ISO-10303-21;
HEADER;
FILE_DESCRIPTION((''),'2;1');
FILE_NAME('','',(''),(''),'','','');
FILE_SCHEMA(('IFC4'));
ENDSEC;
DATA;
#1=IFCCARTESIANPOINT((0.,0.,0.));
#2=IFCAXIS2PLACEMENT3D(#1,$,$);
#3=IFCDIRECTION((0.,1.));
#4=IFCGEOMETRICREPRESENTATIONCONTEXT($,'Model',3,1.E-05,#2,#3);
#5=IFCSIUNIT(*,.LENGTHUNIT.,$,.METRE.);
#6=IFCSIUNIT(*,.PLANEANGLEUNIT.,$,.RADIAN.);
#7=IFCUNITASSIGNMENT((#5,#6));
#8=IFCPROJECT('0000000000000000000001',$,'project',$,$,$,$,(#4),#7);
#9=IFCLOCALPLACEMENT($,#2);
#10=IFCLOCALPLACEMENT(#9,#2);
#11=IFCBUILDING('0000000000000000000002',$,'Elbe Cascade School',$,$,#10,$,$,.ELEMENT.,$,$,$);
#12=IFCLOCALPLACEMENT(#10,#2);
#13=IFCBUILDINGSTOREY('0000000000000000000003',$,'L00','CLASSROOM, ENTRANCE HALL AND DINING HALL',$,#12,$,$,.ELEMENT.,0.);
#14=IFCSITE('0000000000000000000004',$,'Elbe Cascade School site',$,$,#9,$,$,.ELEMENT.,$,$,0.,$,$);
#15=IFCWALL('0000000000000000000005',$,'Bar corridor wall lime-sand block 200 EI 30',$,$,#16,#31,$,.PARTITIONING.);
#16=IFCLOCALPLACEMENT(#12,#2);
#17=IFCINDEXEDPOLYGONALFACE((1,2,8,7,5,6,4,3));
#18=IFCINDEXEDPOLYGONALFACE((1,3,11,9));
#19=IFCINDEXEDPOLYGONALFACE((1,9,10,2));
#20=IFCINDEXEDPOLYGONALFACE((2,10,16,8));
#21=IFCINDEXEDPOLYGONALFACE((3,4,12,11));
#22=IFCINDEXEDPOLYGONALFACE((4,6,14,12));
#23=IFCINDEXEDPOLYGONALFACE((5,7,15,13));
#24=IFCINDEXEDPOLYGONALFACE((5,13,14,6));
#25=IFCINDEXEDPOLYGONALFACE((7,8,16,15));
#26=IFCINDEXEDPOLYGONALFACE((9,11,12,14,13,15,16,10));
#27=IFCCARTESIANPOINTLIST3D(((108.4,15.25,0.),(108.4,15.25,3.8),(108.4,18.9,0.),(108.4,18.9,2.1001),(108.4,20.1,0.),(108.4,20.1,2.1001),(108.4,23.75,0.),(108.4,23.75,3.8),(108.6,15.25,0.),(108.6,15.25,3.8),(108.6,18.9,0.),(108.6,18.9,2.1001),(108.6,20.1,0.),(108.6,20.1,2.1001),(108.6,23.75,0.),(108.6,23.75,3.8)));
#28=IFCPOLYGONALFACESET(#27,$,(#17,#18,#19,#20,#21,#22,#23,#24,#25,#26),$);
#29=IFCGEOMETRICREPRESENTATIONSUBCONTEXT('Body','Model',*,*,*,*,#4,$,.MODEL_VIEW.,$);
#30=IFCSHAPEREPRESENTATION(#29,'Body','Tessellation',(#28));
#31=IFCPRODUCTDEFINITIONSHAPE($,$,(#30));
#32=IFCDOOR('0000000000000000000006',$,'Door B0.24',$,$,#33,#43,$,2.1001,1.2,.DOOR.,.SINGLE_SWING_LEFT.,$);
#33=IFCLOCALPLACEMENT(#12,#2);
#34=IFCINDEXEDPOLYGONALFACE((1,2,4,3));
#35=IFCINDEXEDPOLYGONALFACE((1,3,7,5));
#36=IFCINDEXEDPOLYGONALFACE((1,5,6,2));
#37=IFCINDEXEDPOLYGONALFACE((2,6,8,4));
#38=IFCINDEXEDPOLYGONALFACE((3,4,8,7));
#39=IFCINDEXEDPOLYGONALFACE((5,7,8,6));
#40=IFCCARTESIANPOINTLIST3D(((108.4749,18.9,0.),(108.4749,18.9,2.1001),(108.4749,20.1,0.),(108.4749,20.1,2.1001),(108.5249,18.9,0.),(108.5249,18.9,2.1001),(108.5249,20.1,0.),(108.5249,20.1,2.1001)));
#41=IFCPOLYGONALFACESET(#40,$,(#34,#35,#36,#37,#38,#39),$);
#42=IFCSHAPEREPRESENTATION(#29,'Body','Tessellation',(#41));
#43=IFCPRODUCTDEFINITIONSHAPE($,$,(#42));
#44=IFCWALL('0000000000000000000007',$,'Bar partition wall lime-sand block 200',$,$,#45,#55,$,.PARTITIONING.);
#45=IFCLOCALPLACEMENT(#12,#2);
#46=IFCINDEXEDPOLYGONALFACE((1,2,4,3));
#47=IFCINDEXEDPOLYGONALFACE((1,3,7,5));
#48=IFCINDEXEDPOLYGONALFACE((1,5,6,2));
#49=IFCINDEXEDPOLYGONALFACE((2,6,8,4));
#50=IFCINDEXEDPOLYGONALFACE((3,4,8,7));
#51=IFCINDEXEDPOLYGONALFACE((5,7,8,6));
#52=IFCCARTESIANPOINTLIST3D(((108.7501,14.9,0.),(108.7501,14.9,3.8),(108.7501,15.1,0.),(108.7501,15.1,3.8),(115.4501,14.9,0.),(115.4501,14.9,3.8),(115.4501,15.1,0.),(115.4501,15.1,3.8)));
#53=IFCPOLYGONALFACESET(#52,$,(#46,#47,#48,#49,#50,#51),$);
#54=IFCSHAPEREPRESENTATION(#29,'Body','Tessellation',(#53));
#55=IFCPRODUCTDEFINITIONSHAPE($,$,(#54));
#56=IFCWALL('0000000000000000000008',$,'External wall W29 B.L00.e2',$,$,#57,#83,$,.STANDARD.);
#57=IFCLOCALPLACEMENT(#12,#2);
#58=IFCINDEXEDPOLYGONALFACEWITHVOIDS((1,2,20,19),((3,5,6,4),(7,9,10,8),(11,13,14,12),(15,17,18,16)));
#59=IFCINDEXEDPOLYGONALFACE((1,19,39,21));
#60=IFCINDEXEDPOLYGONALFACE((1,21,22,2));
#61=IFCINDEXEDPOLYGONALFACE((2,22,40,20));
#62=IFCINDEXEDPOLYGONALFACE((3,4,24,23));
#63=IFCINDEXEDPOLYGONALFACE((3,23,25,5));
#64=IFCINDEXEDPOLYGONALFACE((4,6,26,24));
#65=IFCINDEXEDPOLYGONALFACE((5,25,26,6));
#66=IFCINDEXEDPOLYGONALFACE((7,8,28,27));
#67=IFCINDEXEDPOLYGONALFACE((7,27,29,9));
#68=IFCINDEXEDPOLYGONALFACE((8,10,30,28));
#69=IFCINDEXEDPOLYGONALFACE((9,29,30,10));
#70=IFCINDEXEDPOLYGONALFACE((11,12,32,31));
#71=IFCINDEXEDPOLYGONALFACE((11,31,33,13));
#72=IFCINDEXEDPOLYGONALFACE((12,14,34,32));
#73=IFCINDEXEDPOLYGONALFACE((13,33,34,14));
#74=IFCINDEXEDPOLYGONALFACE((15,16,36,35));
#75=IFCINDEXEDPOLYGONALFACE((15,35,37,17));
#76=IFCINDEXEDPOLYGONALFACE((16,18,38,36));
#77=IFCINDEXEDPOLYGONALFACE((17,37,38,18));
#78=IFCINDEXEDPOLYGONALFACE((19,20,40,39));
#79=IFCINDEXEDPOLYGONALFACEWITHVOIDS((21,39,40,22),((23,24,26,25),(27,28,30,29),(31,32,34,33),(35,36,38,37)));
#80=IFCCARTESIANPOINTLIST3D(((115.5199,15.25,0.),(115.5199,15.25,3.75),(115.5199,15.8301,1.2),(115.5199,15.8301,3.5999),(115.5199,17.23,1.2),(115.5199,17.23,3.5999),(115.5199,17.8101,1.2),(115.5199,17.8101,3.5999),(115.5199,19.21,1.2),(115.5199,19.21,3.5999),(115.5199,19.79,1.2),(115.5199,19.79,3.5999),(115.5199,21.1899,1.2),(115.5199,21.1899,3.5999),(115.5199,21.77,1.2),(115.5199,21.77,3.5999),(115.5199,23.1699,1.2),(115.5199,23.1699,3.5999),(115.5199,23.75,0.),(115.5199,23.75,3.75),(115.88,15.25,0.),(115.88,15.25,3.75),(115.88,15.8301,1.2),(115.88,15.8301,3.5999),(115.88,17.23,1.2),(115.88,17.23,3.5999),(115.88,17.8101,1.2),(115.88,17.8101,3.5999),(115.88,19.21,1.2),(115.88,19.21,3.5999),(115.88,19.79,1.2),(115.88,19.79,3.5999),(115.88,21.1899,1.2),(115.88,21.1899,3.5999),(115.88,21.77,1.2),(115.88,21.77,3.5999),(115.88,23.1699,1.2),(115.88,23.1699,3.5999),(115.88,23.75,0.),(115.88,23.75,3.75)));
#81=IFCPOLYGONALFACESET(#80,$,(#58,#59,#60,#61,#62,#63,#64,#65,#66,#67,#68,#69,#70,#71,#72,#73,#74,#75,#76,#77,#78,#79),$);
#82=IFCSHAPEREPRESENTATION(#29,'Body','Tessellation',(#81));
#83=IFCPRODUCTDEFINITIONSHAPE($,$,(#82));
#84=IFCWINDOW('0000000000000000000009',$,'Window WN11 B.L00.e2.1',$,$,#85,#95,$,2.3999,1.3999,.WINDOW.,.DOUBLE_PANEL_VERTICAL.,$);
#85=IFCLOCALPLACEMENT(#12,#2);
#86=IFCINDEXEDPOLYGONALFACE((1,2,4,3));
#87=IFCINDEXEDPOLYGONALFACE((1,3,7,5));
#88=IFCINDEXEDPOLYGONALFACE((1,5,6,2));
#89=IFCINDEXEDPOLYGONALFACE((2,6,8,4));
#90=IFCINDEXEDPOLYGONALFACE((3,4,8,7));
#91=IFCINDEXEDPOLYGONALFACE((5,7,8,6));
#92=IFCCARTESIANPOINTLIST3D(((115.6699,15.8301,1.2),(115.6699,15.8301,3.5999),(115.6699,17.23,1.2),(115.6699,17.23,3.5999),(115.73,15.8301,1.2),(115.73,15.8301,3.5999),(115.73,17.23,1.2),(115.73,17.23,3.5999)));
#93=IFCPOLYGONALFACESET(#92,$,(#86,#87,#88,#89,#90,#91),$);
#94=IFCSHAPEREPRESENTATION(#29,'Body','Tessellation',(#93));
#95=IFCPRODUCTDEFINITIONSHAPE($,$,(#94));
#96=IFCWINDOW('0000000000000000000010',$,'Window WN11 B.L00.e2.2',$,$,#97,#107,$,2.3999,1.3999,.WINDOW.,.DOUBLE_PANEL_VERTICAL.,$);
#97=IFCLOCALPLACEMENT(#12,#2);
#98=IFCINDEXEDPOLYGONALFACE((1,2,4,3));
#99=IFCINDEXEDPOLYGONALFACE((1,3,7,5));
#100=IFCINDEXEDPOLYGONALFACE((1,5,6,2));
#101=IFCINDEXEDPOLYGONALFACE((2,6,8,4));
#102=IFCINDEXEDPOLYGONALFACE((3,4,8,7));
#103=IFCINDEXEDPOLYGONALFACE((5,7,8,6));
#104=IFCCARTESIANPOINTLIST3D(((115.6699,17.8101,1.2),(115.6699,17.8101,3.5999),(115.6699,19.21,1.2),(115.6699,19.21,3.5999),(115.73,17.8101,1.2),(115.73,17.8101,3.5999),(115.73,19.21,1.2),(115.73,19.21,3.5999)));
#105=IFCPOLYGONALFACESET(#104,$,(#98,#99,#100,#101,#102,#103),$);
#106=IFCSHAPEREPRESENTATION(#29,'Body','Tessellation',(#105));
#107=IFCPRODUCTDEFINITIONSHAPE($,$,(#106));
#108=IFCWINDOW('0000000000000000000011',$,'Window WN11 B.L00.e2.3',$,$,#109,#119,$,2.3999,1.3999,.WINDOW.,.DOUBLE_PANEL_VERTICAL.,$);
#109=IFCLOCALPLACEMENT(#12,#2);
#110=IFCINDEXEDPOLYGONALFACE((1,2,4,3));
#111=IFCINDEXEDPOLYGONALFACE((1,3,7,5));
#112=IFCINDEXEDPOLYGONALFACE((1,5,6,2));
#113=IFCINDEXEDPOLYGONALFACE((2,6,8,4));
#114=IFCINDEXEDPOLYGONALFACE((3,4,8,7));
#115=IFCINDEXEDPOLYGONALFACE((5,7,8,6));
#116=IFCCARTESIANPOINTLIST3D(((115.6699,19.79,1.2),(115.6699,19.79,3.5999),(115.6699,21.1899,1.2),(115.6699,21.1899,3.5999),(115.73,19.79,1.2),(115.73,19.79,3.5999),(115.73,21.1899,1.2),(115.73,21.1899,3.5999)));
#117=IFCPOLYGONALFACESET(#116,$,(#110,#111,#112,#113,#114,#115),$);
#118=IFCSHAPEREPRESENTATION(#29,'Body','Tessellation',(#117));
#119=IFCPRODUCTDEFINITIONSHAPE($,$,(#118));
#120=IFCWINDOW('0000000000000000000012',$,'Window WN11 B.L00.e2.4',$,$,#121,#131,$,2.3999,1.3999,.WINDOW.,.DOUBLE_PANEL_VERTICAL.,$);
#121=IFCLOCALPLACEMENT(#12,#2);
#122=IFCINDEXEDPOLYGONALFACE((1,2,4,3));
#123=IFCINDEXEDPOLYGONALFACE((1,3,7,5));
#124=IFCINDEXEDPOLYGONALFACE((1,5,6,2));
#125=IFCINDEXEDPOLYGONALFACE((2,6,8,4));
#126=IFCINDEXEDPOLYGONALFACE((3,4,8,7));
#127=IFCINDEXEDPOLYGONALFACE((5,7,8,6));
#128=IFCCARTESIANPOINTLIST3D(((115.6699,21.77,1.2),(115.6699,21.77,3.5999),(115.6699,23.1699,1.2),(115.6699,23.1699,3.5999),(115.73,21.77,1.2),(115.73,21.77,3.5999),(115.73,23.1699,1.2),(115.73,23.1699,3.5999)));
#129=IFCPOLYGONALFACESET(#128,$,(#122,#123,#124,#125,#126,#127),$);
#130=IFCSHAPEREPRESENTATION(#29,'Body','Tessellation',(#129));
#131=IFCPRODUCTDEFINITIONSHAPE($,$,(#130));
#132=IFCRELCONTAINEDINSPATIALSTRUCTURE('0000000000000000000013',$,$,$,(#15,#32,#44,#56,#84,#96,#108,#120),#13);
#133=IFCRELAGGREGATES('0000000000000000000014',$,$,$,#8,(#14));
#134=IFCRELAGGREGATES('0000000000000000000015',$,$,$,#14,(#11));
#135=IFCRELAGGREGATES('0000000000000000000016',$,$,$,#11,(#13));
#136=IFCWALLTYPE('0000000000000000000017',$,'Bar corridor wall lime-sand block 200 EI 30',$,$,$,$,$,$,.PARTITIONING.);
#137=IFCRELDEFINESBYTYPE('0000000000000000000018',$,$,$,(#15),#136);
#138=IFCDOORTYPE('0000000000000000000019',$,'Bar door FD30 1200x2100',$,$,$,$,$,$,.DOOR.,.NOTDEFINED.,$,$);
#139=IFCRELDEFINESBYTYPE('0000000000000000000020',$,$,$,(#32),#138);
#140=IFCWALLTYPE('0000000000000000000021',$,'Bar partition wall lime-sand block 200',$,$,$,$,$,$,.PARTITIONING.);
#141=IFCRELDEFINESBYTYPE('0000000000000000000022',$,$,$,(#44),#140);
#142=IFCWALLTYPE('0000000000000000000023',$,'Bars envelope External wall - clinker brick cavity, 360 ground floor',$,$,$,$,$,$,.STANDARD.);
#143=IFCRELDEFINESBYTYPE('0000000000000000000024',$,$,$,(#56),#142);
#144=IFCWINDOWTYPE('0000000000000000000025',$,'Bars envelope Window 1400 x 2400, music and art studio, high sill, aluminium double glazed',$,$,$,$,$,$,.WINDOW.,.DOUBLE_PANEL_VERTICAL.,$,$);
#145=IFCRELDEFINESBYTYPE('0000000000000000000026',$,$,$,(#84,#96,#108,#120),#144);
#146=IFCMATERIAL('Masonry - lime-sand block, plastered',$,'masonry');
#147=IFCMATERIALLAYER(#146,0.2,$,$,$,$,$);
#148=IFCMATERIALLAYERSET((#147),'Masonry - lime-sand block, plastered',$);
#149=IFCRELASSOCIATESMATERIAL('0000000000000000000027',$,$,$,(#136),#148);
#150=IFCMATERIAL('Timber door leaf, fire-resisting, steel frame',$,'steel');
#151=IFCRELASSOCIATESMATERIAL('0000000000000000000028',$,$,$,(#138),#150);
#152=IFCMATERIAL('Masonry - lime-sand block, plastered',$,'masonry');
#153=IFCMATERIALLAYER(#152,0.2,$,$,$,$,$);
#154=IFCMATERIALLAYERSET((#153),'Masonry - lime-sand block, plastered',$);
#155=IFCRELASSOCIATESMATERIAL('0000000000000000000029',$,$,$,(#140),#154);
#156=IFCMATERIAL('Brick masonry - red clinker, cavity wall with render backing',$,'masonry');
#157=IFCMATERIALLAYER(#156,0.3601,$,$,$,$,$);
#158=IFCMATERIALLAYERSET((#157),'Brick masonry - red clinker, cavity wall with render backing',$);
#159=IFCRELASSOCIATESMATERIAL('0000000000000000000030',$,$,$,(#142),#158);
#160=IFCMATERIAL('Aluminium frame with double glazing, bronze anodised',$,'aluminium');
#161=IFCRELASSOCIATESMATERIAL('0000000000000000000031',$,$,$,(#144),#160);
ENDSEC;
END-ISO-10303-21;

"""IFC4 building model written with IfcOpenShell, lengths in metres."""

from ifc_helpers import new_model, si_unit, direction, frame, frame_2d, origin, place, context, subcontext, project, spatial, rectangle, extrude, material, layer, layer_set, type_object, element, fill, save


model = new_model("IFC4")

# Units and contexts
model_context = context("Model", 3, precision=1e-05, world=origin(), true_north=direction((0.0, 1.0)))
body_context = subcontext(model_context, "Body", "Model", "MODEL_VIEW")
ifc_project = project(units=[si_unit("LENGTHUNIT", "METRE"), si_unit("PLANEANGLEUNIT", "RADIAN")], contexts=[model_context])

# Site, building, storey
site_placement = place(None, origin())
site = spatial("IfcSite", under=ifc_project, at=site_placement, Name="Elbe Cascade School site", CompositionType="ELEMENT", RefElevation=0.0)
building_placement = place(site_placement, origin())
building = spatial("IfcBuilding", under=site, at=building_placement, Name="Elbe Cascade School", CompositionType="ELEMENT")
storey_placement = place(building_placement, origin())
storey = spatial("IfcBuildingStorey", under=building, at=storey_placement, Name="L00", Description="CLASSROOM, ENTRANCE HALL AND DINING HALL", CompositionType="ELEMENT", Elevation=0.0)

# Wall, opening, door
ifc_material_1 = material(Name="Masonry - lime-sand block, plastered", Category="masonry")
ifc_layer_1 = layer(ifc_material_1, 0.2)
ifc_layer_set_1 = layer_set([ifc_layer_1], Name="Masonry - lime-sand block, plastered")
wall_type_1 = type_object("IfcWallType", Name="Bar corridor wall lime-sand block 200 EI 30", PredefinedType="PARTITIONING", material=ifc_layer_set_1)
wall_1_placement = place(storey_placement, frame((108.5, 23.75, 0.0), z_axis=(0.0, 0.0, 1.0), x_axis=(0.0, -1.0, 0.0)))
wall_1 = element("IfcWall", 1, at=wall_1_placement, inside=storey, type_object=wall_type_1, Name="Bar corridor wall lime-sand block 200 EI 30", PredefinedType="PARTITIONING", context=body_context, shape_type="SweptSolid", body=[
    extrude(rectangle(XDim=8.5, YDim=0.2, at=frame_2d((4.25, 0.0))), origin(), (0.0, 0.0, 1.0), 3.8),
])
opening_1_placement = place(wall_1_placement, frame((3.6499, 0.0, 0.0)))
opening_1 = element("IfcOpeningElement", 2, at=opening_1_placement, cuts=wall_1, PredefinedType="OPENING", context=body_context, shape_type="SweptSolid", body=[
    extrude(rectangle(XDim=1.2, YDim=2.1001, at=frame_2d((0.6001, 1.05))), frame((0.0, 0.1099, 0.0), z_axis=(0.0, -1.0, 0.0), x_axis=(1.0, 0.0, 0.0)), (0.0, 0.0, 1.0), 0.22),
])
ifc_material_2 = material(Name="Timber door leaf, fire-resisting, steel frame", Category="steel")
door_type = type_object("IfcDoorType", Name="Bar door FD30 1200x2100", OperationType="NOTDEFINED", PredefinedType="DOOR", material=ifc_material_2)
door_placement = place(opening_1_placement, origin())
door = element("IfcDoor", 3, at=door_placement, inside=storey, type_object=door_type, Name="Door B0.24", OperationType="SINGLE_SWING_LEFT", OverallHeight=2.1001, OverallWidth=1.2, PredefinedType="DOOR", context=body_context, shape_type="SweptSolid", body=[
    extrude(rectangle(XDim=1.2, YDim=2.1001, at=frame_2d((0.6001, 1.05))), frame((0.0, 0.0249, 0.0), z_axis=(0.0, -1.0, 0.0), x_axis=(1.0, 0.0, 0.0)), (0.0, 0.0, 1.0), 0.05),
])
fill(opening_1, door)

# Wall
ifc_material_3 = material(Name="Masonry - lime-sand block, plastered", Category="masonry")
ifc_layer_2 = layer(ifc_material_3, 0.2)
ifc_layer_set_2 = layer_set([ifc_layer_2], Name="Masonry - lime-sand block, plastered")
wall_type_2 = type_object("IfcWallType", Name="Bar partition wall lime-sand block 200", PredefinedType="PARTITIONING", material=ifc_layer_set_2)
wall_2_placement = place(storey_placement, frame((108.75, 15.0, 0.0), z_axis=(0.0, 0.0, 1.0), x_axis=(1.0, 0.0, 0.0)))
element("IfcWall", 4, at=wall_2_placement, inside=storey, type_object=wall_type_2, Name="Bar partition wall lime-sand block 200", PredefinedType="PARTITIONING", context=body_context, shape_type="SweptSolid", body=[
    extrude(rectangle(XDim=6.7, YDim=0.2, at=frame_2d((3.3501, 0.0))), origin(), (0.0, 0.0, 1.0), 3.8),
])

# Wall, openings, windows
ifc_material_4 = material(Name="Brick masonry - red clinker, cavity wall with render backing", Category="masonry")
ifc_layer_3 = layer(ifc_material_4, 0.3601)
ifc_layer_set_3 = layer_set([ifc_layer_3], Name="Brick masonry - red clinker, cavity wall with render backing")
wall_type_3 = type_object("IfcWallType", Name="Bars envelope External wall - clinker brick cavity, 360 ground floor", PredefinedType="STANDARD", material=ifc_layer_set_3)
wall_3_placement = place(storey_placement, frame((115.7, 23.75, 0.0), z_axis=(0.0, 0.0, 1.0), x_axis=(0.0, -1.0, 0.0)))
wall_3 = element("IfcWall", 5, at=wall_3_placement, inside=storey, type_object=wall_type_3, Name="External wall W29 B.L00.e2", PredefinedType="STANDARD", context=body_context, shape_type="SweptSolid", body=[
    extrude(rectangle(XDim=8.5, YDim=0.3601, at=frame_2d((4.25, 0.0))), origin(), (0.0, 0.0, 1.0), 3.75),
])
opening_2_placement = place(wall_3_placement, frame((6.52, 0.0, 1.2)))
opening_2 = element("IfcOpeningElement", 6, at=opening_2_placement, cuts=wall_3, PredefinedType="OPENING", context=body_context, shape_type="SweptSolid", body=[
    extrude(rectangle(XDim=1.3999, YDim=2.3999, at=frame_2d((0.7, 1.2))), frame((0.0, 0.1899, 0.0), z_axis=(0.0, -1.0, 0.0), x_axis=(1.0, 0.0, 0.0)), (0.0, 0.0, 1.0), 0.3801),
])
opening_3_placement = place(wall_3_placement, frame((4.54, 0.0, 1.2)))
opening_3 = element("IfcOpeningElement", 7, at=opening_3_placement, cuts=wall_3, PredefinedType="OPENING", context=body_context, shape_type="SweptSolid", body=[
    extrude(rectangle(XDim=1.3999, YDim=2.3999, at=frame_2d((0.7, 1.2))), frame((0.0, 0.1899, 0.0), z_axis=(0.0, -1.0, 0.0), x_axis=(1.0, 0.0, 0.0)), (0.0, 0.0, 1.0), 0.3801),
])
opening_4_placement = place(wall_3_placement, frame((2.5601, 0.0, 1.2)))
opening_4 = element("IfcOpeningElement", 8, at=opening_4_placement, cuts=wall_3, PredefinedType="OPENING", context=body_context, shape_type="SweptSolid", body=[
    extrude(rectangle(XDim=1.3999, YDim=2.3999, at=frame_2d((0.7, 1.2))), frame((0.0, 0.1899, 0.0), z_axis=(0.0, -1.0, 0.0), x_axis=(1.0, 0.0, 0.0)), (0.0, 0.0, 1.0), 0.3801),
])
opening_5_placement = place(wall_3_placement, frame((0.5801, 0.0, 1.2)))
opening_5 = element("IfcOpeningElement", 9, at=opening_5_placement, cuts=wall_3, PredefinedType="OPENING", context=body_context, shape_type="SweptSolid", body=[
    extrude(rectangle(XDim=1.3999, YDim=2.3999, at=frame_2d((0.7, 1.2))), frame((0.0, 0.1899, 0.0), z_axis=(0.0, -1.0, 0.0), x_axis=(1.0, 0.0, 0.0)), (0.0, 0.0, 1.0), 0.3801),
])
ifc_material_5 = material(Name="Aluminium frame with double glazing, bronze anodised", Category="aluminium")
window_type = type_object("IfcWindowType", Name="Bars envelope Window 1400 x 2400, music and art studio, high sill, aluminium double glazed", PartitioningType="DOUBLE_PANEL_VERTICAL", PredefinedType="WINDOW", material=ifc_material_5)
window_1_placement = place(opening_2_placement, origin())
window_1 = element("IfcWindow", 10, at=window_1_placement, inside=storey, type_object=window_type, Name="Window WN11 B.L00.e2.1", OverallHeight=2.3999, OverallWidth=1.3999, PartitioningType="DOUBLE_PANEL_VERTICAL", PredefinedType="WINDOW", context=body_context, shape_type="SweptSolid", body=[
    extrude(rectangle(XDim=1.3999, YDim=2.3999, at=frame_2d((0.7, 1.2))), frame((0.0, 0.03, 0.0), z_axis=(0.0, -1.0, 0.0), x_axis=(1.0, 0.0, 0.0)), (0.0, 0.0, 1.0), 0.0601),
])
fill(opening_2, window_1)
window_2_placement = place(opening_3_placement, origin())
window_2 = element("IfcWindow", 11, at=window_2_placement, inside=storey, type_object=window_type, Name="Window WN11 B.L00.e2.2", OverallHeight=2.3999, OverallWidth=1.3999, PartitioningType="DOUBLE_PANEL_VERTICAL", PredefinedType="WINDOW", context=body_context, shape_type="SweptSolid", body=[
    extrude(rectangle(XDim=1.3999, YDim=2.3999, at=frame_2d((0.7, 1.2))), frame((0.0, 0.03, 0.0), z_axis=(0.0, -1.0, 0.0), x_axis=(1.0, 0.0, 0.0)), (0.0, 0.0, 1.0), 0.0601),
])
fill(opening_3, window_2)
window_3_placement = place(opening_4_placement, origin())
window_3 = element("IfcWindow", 12, at=window_3_placement, inside=storey, type_object=window_type, Name="Window WN11 B.L00.e2.3", OverallHeight=2.3999, OverallWidth=1.3999, PartitioningType="DOUBLE_PANEL_VERTICAL", PredefinedType="WINDOW", context=body_context, shape_type="SweptSolid", body=[
    extrude(rectangle(XDim=1.3999, YDim=2.3999, at=frame_2d((0.7, 1.2))), frame((0.0, 0.03, 0.0), z_axis=(0.0, -1.0, 0.0), x_axis=(1.0, 0.0, 0.0)), (0.0, 0.0, 1.0), 0.0601),
])
fill(opening_4, window_3)
window_4_placement = place(opening_5_placement, origin())
window_4 = element("IfcWindow", 13, at=window_4_placement, inside=storey, type_object=window_type, Name="Window WN11 B.L00.e2.4", OverallHeight=2.3999, OverallWidth=1.3999, PartitioningType="DOUBLE_PANEL_VERTICAL", PredefinedType="WINDOW", context=body_context, shape_type="SweptSolid", body=[
    extrude(rectangle(XDim=1.3999, YDim=2.3999, at=frame_2d((0.7, 1.2))), frame((0.0, 0.03, 0.0), z_axis=(0.0, -1.0, 0.0), x_axis=(1.0, 0.0, 0.0)), (0.0, 0.0, 1.0), 0.0601),
])
fill(opening_5, window_4)

save(model, "model.ifc")
